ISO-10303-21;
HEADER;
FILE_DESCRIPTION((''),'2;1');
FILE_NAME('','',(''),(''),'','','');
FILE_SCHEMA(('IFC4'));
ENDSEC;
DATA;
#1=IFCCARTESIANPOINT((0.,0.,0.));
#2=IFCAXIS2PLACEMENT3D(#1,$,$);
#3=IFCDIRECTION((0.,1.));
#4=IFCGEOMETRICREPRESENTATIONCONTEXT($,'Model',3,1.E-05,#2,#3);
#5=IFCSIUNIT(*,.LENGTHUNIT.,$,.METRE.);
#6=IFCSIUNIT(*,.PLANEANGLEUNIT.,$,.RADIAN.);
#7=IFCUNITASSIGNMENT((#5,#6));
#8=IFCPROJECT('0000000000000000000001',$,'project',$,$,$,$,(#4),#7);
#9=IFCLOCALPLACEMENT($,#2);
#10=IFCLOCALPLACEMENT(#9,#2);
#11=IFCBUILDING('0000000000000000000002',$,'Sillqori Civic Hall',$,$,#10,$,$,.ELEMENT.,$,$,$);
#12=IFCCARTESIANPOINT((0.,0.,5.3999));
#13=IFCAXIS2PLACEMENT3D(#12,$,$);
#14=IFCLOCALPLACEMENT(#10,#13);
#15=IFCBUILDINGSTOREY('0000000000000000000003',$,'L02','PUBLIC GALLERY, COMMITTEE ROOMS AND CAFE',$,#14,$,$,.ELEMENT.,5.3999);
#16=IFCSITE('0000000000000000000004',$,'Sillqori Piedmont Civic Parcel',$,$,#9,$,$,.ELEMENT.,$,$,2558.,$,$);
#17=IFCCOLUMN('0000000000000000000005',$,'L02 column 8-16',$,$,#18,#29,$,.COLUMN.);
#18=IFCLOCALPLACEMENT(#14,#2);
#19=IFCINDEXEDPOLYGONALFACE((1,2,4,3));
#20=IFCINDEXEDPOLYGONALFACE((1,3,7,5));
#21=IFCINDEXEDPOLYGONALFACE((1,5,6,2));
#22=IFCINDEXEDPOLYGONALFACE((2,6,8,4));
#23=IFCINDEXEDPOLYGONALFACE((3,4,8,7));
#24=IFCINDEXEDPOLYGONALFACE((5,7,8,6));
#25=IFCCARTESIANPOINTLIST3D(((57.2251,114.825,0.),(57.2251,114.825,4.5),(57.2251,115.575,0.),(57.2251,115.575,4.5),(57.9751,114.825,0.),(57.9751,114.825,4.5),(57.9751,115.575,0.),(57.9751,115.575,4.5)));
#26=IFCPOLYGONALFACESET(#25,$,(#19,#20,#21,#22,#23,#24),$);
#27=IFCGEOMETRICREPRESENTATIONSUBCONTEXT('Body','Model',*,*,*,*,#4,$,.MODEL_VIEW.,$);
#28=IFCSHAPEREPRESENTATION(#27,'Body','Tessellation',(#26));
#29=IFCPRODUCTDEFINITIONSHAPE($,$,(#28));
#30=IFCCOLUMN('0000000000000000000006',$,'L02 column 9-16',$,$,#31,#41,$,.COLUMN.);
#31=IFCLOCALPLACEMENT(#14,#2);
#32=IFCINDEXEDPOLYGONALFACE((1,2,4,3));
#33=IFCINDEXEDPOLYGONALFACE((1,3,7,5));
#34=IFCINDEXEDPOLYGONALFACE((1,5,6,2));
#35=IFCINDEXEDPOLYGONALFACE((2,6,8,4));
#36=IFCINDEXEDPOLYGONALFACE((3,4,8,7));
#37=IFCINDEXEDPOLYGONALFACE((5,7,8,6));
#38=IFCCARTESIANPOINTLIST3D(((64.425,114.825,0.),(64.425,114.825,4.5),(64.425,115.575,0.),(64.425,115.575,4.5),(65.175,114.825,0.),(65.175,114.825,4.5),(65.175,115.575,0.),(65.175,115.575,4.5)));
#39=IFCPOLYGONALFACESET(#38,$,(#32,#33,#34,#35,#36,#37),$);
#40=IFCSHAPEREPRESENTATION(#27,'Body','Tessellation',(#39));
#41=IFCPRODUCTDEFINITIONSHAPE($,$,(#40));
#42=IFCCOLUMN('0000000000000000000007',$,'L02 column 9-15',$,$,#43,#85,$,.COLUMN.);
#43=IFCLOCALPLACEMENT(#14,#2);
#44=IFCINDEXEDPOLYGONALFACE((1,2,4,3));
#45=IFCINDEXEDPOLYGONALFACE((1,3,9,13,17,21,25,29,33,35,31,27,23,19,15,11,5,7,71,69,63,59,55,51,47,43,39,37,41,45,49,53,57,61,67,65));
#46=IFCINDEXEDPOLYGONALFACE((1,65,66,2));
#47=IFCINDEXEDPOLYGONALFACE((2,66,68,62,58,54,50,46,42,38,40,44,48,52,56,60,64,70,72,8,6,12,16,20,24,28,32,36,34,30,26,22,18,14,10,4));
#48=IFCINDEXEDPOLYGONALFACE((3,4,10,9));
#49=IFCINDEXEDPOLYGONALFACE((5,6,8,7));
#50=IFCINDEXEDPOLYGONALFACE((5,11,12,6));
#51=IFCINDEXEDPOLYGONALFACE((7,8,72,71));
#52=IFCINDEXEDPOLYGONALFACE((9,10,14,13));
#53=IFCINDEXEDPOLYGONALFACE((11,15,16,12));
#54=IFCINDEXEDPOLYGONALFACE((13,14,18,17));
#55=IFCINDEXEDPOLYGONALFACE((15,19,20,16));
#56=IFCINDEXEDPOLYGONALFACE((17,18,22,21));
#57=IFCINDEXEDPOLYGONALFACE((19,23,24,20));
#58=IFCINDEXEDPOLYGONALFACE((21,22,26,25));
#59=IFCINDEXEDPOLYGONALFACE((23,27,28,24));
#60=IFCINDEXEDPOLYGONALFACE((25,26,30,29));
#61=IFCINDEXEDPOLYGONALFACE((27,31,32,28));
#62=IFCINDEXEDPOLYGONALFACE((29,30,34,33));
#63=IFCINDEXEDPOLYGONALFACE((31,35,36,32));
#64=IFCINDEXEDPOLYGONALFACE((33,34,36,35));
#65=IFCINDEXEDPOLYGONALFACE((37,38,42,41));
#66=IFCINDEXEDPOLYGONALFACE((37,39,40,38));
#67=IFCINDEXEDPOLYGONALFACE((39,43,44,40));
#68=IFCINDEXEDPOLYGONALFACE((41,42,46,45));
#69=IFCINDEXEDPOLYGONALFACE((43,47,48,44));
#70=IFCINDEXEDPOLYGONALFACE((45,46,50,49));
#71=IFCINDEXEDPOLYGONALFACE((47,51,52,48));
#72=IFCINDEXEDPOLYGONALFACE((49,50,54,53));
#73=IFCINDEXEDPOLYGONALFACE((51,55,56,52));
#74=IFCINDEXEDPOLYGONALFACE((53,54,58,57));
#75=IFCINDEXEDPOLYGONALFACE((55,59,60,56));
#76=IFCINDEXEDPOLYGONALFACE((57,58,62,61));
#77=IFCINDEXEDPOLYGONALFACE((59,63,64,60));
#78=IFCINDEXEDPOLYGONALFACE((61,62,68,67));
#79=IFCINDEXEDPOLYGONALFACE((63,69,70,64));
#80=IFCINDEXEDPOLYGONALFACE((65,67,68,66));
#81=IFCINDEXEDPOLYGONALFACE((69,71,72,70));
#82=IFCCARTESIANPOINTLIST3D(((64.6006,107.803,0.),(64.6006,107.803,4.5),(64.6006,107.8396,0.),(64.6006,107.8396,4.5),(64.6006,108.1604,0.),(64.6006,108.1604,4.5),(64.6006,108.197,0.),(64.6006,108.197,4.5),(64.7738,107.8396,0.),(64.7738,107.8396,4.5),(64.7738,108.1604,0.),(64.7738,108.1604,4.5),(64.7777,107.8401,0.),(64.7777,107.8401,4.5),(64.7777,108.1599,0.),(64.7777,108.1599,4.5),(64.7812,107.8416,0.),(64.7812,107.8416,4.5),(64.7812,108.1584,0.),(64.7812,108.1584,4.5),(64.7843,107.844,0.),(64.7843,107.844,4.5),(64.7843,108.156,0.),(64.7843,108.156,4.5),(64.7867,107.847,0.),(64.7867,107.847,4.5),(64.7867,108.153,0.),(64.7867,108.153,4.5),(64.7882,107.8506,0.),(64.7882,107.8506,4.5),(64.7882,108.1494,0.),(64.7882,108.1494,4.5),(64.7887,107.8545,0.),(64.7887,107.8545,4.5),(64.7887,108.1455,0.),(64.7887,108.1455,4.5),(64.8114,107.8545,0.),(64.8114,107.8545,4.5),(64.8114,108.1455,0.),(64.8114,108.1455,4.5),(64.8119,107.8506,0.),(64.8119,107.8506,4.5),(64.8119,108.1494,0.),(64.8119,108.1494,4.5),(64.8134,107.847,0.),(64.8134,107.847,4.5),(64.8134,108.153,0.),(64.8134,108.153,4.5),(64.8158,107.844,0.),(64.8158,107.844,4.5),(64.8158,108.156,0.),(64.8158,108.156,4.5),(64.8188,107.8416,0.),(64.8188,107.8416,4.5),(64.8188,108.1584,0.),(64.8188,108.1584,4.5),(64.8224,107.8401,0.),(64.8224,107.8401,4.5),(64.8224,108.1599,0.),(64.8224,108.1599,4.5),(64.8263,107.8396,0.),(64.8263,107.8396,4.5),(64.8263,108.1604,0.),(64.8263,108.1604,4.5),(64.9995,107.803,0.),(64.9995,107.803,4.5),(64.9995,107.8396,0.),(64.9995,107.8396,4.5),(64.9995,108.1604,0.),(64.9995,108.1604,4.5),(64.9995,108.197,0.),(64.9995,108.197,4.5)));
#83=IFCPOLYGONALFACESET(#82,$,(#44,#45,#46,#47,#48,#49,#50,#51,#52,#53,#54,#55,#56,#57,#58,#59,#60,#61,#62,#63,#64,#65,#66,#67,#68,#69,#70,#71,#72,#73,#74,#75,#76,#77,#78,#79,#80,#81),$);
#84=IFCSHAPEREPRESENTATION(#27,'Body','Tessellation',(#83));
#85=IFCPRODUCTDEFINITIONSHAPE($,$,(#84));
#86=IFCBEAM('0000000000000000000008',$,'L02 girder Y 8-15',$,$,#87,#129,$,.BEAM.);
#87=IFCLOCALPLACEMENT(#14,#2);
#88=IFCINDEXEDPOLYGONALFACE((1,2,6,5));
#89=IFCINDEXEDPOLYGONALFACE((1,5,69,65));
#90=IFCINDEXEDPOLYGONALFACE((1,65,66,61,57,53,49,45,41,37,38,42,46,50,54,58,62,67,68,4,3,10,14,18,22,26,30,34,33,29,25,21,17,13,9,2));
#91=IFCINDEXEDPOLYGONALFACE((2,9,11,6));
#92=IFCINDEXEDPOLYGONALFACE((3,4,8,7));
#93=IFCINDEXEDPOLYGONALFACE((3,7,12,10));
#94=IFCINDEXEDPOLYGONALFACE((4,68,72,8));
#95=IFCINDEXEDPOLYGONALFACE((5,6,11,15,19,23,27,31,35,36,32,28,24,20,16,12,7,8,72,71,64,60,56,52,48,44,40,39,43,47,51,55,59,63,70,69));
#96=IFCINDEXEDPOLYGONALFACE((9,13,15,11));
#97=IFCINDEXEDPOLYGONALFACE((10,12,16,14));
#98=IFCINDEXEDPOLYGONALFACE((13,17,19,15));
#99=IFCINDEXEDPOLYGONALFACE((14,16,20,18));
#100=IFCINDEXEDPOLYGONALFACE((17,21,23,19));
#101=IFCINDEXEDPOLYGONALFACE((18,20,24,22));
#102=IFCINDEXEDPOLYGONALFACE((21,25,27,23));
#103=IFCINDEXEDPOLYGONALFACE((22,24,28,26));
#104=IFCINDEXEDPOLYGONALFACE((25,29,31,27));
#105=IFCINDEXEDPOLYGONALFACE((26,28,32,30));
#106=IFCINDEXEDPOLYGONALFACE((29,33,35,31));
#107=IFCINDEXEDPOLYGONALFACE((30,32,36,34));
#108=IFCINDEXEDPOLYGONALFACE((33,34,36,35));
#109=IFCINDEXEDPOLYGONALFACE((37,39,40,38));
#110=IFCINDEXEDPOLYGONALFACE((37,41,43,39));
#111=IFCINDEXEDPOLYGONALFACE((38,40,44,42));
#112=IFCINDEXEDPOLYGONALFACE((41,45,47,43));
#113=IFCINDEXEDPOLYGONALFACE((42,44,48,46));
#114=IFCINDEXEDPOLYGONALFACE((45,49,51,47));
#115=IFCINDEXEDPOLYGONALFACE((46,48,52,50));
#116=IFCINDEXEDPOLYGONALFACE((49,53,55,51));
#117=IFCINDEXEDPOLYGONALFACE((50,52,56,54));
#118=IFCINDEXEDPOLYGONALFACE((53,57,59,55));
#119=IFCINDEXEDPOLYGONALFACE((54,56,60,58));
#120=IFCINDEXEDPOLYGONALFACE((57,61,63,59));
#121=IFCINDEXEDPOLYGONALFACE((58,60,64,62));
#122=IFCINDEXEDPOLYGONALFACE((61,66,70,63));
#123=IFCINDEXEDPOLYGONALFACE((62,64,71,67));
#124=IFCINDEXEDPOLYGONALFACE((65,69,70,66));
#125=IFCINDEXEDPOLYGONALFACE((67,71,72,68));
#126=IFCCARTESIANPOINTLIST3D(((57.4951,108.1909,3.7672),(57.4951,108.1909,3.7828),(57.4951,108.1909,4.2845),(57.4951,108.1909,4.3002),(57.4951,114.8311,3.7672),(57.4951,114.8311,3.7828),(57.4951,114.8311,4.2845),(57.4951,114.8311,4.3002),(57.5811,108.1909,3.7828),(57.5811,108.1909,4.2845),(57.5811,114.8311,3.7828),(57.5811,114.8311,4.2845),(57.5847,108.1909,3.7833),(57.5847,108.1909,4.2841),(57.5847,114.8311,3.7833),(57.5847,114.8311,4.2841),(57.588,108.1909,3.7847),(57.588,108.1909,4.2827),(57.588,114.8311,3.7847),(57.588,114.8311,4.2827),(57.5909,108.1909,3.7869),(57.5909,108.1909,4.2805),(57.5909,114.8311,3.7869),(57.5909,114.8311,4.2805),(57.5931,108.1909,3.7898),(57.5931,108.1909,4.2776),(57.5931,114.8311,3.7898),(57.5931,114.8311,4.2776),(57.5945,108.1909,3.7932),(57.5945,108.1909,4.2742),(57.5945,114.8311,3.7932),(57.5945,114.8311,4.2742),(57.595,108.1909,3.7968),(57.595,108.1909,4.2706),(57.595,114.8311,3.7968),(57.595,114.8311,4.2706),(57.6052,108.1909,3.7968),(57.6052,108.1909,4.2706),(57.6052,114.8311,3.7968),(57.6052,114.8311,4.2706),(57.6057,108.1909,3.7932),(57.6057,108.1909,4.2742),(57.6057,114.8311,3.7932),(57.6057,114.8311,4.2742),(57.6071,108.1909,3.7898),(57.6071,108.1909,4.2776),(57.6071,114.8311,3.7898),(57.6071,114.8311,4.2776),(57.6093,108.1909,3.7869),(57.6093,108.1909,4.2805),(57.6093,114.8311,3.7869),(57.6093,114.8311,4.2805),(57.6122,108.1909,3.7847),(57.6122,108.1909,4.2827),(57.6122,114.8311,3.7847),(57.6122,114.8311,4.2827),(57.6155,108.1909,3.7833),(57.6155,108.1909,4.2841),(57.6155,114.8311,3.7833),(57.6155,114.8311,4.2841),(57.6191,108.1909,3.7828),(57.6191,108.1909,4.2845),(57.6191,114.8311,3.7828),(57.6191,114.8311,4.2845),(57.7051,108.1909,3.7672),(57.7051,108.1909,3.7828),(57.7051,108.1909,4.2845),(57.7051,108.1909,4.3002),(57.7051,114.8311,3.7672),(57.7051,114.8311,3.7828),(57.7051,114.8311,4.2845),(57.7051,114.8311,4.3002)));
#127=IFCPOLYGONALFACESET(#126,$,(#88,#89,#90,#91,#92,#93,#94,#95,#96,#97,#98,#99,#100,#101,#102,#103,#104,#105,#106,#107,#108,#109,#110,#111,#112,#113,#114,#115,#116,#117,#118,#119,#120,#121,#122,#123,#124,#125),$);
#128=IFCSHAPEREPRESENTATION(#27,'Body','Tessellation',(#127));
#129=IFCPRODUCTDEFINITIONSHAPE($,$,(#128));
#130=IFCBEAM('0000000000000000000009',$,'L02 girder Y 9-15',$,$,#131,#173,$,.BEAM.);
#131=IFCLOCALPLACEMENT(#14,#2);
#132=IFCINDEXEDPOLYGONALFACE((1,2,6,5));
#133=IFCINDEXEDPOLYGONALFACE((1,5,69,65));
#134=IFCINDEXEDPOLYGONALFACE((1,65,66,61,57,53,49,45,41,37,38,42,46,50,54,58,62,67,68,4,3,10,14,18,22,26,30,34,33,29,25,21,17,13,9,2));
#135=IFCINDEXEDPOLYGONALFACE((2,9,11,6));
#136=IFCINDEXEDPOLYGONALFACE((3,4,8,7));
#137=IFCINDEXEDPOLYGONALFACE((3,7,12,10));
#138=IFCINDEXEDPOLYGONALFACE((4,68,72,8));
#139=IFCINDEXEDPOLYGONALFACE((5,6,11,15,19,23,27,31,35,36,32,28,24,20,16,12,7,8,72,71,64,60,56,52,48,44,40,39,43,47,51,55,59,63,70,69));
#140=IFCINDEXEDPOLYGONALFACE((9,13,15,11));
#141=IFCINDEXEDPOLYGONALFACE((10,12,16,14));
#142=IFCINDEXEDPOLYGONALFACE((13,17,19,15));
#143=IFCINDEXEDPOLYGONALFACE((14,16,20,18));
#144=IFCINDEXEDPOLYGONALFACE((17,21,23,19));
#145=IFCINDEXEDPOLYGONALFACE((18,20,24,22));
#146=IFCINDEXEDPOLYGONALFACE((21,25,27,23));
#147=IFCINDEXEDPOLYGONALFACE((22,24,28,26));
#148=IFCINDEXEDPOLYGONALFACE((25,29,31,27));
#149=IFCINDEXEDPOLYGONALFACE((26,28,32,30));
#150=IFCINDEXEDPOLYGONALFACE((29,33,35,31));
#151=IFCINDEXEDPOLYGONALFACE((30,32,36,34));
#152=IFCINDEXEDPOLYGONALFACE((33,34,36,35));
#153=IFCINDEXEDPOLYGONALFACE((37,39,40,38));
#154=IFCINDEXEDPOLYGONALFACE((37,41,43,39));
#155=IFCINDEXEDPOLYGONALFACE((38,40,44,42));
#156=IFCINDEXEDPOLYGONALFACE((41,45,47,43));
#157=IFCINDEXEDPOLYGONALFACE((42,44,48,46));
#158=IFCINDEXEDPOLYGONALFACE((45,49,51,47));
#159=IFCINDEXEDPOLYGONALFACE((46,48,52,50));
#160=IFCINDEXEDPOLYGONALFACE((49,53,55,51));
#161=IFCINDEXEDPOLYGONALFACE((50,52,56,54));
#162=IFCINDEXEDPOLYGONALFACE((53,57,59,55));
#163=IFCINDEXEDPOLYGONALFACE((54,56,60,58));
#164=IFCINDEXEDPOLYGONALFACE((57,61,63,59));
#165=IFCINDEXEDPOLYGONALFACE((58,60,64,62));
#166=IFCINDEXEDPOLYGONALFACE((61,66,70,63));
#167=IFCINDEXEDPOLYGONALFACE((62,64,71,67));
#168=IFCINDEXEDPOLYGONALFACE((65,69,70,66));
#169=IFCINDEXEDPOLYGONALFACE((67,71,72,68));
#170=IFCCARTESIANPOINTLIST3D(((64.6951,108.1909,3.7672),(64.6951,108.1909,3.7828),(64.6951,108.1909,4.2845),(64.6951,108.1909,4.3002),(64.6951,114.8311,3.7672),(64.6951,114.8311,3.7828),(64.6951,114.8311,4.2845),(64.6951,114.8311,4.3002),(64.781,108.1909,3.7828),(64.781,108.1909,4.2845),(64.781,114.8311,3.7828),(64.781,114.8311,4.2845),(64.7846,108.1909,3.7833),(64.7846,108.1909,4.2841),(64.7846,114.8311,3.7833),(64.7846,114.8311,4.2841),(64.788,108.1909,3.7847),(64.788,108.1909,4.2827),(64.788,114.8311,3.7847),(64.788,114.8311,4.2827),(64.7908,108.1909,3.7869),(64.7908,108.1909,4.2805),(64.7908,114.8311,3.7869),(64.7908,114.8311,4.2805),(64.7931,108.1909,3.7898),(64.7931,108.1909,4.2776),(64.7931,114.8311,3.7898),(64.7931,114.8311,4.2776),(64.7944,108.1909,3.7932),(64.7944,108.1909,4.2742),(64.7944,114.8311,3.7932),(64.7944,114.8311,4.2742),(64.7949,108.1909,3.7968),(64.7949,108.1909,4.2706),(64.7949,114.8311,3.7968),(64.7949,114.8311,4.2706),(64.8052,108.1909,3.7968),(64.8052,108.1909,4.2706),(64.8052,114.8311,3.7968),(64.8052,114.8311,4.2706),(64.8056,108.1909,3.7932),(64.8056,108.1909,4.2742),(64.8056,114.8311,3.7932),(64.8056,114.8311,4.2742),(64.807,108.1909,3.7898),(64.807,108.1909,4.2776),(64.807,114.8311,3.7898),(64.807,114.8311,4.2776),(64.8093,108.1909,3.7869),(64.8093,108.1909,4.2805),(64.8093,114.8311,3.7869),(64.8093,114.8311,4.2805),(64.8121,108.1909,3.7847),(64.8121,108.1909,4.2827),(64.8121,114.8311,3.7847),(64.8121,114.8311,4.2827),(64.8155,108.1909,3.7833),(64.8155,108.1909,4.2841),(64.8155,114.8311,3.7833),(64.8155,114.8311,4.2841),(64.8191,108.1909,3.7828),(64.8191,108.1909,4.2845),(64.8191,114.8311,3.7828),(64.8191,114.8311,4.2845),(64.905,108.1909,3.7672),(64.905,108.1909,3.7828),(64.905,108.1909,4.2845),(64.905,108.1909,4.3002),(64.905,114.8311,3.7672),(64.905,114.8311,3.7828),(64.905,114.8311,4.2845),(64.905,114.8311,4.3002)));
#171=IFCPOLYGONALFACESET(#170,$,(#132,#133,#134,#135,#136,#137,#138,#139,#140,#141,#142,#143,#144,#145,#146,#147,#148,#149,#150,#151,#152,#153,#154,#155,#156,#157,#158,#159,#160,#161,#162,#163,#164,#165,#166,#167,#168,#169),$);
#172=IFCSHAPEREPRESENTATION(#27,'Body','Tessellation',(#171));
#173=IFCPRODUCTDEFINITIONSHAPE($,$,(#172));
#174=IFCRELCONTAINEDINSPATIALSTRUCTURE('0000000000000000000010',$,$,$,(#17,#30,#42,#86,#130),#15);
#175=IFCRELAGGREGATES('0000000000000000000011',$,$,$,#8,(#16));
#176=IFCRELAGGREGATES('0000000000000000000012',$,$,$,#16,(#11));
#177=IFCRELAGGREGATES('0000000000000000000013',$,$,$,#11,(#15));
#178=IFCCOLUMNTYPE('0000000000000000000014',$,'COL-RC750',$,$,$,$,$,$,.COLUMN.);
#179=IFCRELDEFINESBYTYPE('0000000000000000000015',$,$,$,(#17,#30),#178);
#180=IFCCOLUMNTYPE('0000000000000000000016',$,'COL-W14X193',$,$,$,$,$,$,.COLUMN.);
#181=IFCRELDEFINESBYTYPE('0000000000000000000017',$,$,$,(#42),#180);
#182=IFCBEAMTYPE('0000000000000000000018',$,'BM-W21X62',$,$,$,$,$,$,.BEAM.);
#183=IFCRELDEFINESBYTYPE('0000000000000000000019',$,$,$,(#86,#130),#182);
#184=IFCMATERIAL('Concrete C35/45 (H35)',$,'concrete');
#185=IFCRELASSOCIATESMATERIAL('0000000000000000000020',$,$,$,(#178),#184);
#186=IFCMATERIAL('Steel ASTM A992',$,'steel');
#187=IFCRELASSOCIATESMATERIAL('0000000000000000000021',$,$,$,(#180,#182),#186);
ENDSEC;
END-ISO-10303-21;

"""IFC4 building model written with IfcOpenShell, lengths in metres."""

from ifc_helpers import new_model, si_unit, direction, frame, origin, origin_2d, place, context, subcontext, project, spatial, rectangle, i_section, extrude, material, material_profile, profile_set, type_object, element, save


model = new_model("IFC4")

# Units and contexts
model_context = context("Model", 3, precision=1e-05, world=origin(), true_north=direction((0.0, 1.0)))
body_context = subcontext(model_context, "Body", "Model", "MODEL_VIEW")
ifc_project = project(units=[si_unit("LENGTHUNIT", "METRE"), si_unit("PLANEANGLEUNIT", "RADIAN")], contexts=[model_context])

# Site, building, storey
site_placement = place(None, origin())
site = spatial("IfcSite", under=ifc_project, at=site_placement, Name="Sillqori Piedmont Civic Parcel", CompositionType="ELEMENT", RefElevation=2558.0)
building_placement = place(site_placement, origin())
building = spatial("IfcBuilding", under=site, at=building_placement, Name="Sillqori Civic Hall", CompositionType="ELEMENT")
storey_placement = place(building_placement, frame((0.0, 0.0, 5.3999)))
storey = spatial("IfcBuildingStorey", under=building, at=storey_placement, Name="L02", Description="PUBLIC GALLERY, COMMITTEE ROOMS AND CAFE", CompositionType="ELEMENT", Elevation=5.3999)

# Columns
ifc_material_1 = material(Name="Concrete C35/45 (H35)", Category="concrete")
ifc_material_profile_1 = material_profile(ifc_material_1, rectangle(XDim=0.75, YDim=0.75, at=origin_2d()), Name="RC 750x750")
ifc_profile_set_1 = profile_set([ifc_material_profile_1], Name="Concrete C35/45 (H35)")
column_type_1 = type_object("IfcColumnType", Name="COL-RC750", PredefinedType="COLUMN", material=ifc_profile_set_1)
for number, where, z_axis, x_axis, name in (
    (1, (57.6001, 115.2, 0.0), (0.0, 0.0, 1.0), (1.0, 0.0, 0.0), "L02 column 8-16"),
    (2, (64.8, 115.2, 0.0), (0.0, 0.0, 1.0), (1.0, 0.0, 0.0), "L02 column 9-16"),
):
    element("IfcColumn", number, at=place(storey_placement, frame(where, z_axis=z_axis, x_axis=x_axis)), inside=storey, type_object=column_type_1, Name=name, PredefinedType="COLUMN", context=body_context, shape_type="SweptSolid", body=[
        extrude(rectangle(XDim=0.75, YDim=0.75, at=origin_2d()), origin(), (0.0, 0.0, 1.0), 4.5),
    ])
ifc_material_2 = material(Name="Steel ASTM A992", Category="steel")
ifc_material_profile_2 = material_profile(ifc_material_2, i_section(OverallWidth=0.3989, OverallDepth=0.394, WebThickness=0.0227, FlangeThickness=0.0366, FilletRadius=0.0149, at=origin_2d()), Name="W14X193")
ifc_profile_set_2 = profile_set([ifc_material_profile_2], Name="Steel ASTM A992")
column_type_2 = type_object("IfcColumnType", Name="COL-W14X193", PredefinedType="COLUMN", material=ifc_profile_set_2)
column_placement = place(storey_placement, frame((64.8, 108.0, 0.0), z_axis=(0.0, 0.0, 1.0), x_axis=(1.0, 0.0, 0.0)))
element("IfcColumn", 3, at=column_placement, inside=storey, type_object=column_type_2, Name="L02 column 9-15", PredefinedType="COLUMN", context=body_context, shape_type="SweptSolid", body=[
    extrude(i_section(OverallWidth=0.3989, OverallDepth=0.394, WebThickness=0.0227, FlangeThickness=0.0366, FilletRadius=0.0149, at=origin_2d()), origin(), (0.0, 0.0, 1.0), 4.5),
])

# Beams
ifc_material_profile_3 = material_profile(ifc_material_2, i_section(OverallWidth=0.21, OverallDepth=0.533, WebThickness=0.0103, FlangeThickness=0.0156, FilletRadius=0.0139, at=origin_2d()), Name="W21X62")
ifc_profile_set_3 = profile_set([ifc_material_profile_3], Name="Steel ASTM A992")
beam_type_1 = type_object("IfcBeamType", Name="BM-W21X62", PredefinedType="BEAM", material=ifc_profile_set_3)
for number, where, z_axis, x_axis, name in (
    (4, (57.6001, 108.1909, 4.0337), (0.0, 1.0, 0.0), (-1.0, 0.0, 0.0), "L02 girder Y 8-15"),
    (5, (64.8, 108.1909, 4.0337), (0.0, 1.0, 0.0), (-1.0, 0.0, 0.0), "L02 girder Y 9-15"),
):
    element("IfcBeam", number, at=place(storey_placement, frame(where, z_axis=z_axis, x_axis=x_axis)), inside=storey, type_object=beam_type_1, Name=name, PredefinedType="BEAM", context=body_context, shape_type="SweptSolid", body=[
        extrude(i_section(OverallWidth=0.21, OverallDepth=0.533, WebThickness=0.0103, FlangeThickness=0.0156, FilletRadius=0.0139, at=origin_2d()), origin(), (0.0, 0.0, 1.0), 6.6401),
    ])

save(model, "model.ifc")
